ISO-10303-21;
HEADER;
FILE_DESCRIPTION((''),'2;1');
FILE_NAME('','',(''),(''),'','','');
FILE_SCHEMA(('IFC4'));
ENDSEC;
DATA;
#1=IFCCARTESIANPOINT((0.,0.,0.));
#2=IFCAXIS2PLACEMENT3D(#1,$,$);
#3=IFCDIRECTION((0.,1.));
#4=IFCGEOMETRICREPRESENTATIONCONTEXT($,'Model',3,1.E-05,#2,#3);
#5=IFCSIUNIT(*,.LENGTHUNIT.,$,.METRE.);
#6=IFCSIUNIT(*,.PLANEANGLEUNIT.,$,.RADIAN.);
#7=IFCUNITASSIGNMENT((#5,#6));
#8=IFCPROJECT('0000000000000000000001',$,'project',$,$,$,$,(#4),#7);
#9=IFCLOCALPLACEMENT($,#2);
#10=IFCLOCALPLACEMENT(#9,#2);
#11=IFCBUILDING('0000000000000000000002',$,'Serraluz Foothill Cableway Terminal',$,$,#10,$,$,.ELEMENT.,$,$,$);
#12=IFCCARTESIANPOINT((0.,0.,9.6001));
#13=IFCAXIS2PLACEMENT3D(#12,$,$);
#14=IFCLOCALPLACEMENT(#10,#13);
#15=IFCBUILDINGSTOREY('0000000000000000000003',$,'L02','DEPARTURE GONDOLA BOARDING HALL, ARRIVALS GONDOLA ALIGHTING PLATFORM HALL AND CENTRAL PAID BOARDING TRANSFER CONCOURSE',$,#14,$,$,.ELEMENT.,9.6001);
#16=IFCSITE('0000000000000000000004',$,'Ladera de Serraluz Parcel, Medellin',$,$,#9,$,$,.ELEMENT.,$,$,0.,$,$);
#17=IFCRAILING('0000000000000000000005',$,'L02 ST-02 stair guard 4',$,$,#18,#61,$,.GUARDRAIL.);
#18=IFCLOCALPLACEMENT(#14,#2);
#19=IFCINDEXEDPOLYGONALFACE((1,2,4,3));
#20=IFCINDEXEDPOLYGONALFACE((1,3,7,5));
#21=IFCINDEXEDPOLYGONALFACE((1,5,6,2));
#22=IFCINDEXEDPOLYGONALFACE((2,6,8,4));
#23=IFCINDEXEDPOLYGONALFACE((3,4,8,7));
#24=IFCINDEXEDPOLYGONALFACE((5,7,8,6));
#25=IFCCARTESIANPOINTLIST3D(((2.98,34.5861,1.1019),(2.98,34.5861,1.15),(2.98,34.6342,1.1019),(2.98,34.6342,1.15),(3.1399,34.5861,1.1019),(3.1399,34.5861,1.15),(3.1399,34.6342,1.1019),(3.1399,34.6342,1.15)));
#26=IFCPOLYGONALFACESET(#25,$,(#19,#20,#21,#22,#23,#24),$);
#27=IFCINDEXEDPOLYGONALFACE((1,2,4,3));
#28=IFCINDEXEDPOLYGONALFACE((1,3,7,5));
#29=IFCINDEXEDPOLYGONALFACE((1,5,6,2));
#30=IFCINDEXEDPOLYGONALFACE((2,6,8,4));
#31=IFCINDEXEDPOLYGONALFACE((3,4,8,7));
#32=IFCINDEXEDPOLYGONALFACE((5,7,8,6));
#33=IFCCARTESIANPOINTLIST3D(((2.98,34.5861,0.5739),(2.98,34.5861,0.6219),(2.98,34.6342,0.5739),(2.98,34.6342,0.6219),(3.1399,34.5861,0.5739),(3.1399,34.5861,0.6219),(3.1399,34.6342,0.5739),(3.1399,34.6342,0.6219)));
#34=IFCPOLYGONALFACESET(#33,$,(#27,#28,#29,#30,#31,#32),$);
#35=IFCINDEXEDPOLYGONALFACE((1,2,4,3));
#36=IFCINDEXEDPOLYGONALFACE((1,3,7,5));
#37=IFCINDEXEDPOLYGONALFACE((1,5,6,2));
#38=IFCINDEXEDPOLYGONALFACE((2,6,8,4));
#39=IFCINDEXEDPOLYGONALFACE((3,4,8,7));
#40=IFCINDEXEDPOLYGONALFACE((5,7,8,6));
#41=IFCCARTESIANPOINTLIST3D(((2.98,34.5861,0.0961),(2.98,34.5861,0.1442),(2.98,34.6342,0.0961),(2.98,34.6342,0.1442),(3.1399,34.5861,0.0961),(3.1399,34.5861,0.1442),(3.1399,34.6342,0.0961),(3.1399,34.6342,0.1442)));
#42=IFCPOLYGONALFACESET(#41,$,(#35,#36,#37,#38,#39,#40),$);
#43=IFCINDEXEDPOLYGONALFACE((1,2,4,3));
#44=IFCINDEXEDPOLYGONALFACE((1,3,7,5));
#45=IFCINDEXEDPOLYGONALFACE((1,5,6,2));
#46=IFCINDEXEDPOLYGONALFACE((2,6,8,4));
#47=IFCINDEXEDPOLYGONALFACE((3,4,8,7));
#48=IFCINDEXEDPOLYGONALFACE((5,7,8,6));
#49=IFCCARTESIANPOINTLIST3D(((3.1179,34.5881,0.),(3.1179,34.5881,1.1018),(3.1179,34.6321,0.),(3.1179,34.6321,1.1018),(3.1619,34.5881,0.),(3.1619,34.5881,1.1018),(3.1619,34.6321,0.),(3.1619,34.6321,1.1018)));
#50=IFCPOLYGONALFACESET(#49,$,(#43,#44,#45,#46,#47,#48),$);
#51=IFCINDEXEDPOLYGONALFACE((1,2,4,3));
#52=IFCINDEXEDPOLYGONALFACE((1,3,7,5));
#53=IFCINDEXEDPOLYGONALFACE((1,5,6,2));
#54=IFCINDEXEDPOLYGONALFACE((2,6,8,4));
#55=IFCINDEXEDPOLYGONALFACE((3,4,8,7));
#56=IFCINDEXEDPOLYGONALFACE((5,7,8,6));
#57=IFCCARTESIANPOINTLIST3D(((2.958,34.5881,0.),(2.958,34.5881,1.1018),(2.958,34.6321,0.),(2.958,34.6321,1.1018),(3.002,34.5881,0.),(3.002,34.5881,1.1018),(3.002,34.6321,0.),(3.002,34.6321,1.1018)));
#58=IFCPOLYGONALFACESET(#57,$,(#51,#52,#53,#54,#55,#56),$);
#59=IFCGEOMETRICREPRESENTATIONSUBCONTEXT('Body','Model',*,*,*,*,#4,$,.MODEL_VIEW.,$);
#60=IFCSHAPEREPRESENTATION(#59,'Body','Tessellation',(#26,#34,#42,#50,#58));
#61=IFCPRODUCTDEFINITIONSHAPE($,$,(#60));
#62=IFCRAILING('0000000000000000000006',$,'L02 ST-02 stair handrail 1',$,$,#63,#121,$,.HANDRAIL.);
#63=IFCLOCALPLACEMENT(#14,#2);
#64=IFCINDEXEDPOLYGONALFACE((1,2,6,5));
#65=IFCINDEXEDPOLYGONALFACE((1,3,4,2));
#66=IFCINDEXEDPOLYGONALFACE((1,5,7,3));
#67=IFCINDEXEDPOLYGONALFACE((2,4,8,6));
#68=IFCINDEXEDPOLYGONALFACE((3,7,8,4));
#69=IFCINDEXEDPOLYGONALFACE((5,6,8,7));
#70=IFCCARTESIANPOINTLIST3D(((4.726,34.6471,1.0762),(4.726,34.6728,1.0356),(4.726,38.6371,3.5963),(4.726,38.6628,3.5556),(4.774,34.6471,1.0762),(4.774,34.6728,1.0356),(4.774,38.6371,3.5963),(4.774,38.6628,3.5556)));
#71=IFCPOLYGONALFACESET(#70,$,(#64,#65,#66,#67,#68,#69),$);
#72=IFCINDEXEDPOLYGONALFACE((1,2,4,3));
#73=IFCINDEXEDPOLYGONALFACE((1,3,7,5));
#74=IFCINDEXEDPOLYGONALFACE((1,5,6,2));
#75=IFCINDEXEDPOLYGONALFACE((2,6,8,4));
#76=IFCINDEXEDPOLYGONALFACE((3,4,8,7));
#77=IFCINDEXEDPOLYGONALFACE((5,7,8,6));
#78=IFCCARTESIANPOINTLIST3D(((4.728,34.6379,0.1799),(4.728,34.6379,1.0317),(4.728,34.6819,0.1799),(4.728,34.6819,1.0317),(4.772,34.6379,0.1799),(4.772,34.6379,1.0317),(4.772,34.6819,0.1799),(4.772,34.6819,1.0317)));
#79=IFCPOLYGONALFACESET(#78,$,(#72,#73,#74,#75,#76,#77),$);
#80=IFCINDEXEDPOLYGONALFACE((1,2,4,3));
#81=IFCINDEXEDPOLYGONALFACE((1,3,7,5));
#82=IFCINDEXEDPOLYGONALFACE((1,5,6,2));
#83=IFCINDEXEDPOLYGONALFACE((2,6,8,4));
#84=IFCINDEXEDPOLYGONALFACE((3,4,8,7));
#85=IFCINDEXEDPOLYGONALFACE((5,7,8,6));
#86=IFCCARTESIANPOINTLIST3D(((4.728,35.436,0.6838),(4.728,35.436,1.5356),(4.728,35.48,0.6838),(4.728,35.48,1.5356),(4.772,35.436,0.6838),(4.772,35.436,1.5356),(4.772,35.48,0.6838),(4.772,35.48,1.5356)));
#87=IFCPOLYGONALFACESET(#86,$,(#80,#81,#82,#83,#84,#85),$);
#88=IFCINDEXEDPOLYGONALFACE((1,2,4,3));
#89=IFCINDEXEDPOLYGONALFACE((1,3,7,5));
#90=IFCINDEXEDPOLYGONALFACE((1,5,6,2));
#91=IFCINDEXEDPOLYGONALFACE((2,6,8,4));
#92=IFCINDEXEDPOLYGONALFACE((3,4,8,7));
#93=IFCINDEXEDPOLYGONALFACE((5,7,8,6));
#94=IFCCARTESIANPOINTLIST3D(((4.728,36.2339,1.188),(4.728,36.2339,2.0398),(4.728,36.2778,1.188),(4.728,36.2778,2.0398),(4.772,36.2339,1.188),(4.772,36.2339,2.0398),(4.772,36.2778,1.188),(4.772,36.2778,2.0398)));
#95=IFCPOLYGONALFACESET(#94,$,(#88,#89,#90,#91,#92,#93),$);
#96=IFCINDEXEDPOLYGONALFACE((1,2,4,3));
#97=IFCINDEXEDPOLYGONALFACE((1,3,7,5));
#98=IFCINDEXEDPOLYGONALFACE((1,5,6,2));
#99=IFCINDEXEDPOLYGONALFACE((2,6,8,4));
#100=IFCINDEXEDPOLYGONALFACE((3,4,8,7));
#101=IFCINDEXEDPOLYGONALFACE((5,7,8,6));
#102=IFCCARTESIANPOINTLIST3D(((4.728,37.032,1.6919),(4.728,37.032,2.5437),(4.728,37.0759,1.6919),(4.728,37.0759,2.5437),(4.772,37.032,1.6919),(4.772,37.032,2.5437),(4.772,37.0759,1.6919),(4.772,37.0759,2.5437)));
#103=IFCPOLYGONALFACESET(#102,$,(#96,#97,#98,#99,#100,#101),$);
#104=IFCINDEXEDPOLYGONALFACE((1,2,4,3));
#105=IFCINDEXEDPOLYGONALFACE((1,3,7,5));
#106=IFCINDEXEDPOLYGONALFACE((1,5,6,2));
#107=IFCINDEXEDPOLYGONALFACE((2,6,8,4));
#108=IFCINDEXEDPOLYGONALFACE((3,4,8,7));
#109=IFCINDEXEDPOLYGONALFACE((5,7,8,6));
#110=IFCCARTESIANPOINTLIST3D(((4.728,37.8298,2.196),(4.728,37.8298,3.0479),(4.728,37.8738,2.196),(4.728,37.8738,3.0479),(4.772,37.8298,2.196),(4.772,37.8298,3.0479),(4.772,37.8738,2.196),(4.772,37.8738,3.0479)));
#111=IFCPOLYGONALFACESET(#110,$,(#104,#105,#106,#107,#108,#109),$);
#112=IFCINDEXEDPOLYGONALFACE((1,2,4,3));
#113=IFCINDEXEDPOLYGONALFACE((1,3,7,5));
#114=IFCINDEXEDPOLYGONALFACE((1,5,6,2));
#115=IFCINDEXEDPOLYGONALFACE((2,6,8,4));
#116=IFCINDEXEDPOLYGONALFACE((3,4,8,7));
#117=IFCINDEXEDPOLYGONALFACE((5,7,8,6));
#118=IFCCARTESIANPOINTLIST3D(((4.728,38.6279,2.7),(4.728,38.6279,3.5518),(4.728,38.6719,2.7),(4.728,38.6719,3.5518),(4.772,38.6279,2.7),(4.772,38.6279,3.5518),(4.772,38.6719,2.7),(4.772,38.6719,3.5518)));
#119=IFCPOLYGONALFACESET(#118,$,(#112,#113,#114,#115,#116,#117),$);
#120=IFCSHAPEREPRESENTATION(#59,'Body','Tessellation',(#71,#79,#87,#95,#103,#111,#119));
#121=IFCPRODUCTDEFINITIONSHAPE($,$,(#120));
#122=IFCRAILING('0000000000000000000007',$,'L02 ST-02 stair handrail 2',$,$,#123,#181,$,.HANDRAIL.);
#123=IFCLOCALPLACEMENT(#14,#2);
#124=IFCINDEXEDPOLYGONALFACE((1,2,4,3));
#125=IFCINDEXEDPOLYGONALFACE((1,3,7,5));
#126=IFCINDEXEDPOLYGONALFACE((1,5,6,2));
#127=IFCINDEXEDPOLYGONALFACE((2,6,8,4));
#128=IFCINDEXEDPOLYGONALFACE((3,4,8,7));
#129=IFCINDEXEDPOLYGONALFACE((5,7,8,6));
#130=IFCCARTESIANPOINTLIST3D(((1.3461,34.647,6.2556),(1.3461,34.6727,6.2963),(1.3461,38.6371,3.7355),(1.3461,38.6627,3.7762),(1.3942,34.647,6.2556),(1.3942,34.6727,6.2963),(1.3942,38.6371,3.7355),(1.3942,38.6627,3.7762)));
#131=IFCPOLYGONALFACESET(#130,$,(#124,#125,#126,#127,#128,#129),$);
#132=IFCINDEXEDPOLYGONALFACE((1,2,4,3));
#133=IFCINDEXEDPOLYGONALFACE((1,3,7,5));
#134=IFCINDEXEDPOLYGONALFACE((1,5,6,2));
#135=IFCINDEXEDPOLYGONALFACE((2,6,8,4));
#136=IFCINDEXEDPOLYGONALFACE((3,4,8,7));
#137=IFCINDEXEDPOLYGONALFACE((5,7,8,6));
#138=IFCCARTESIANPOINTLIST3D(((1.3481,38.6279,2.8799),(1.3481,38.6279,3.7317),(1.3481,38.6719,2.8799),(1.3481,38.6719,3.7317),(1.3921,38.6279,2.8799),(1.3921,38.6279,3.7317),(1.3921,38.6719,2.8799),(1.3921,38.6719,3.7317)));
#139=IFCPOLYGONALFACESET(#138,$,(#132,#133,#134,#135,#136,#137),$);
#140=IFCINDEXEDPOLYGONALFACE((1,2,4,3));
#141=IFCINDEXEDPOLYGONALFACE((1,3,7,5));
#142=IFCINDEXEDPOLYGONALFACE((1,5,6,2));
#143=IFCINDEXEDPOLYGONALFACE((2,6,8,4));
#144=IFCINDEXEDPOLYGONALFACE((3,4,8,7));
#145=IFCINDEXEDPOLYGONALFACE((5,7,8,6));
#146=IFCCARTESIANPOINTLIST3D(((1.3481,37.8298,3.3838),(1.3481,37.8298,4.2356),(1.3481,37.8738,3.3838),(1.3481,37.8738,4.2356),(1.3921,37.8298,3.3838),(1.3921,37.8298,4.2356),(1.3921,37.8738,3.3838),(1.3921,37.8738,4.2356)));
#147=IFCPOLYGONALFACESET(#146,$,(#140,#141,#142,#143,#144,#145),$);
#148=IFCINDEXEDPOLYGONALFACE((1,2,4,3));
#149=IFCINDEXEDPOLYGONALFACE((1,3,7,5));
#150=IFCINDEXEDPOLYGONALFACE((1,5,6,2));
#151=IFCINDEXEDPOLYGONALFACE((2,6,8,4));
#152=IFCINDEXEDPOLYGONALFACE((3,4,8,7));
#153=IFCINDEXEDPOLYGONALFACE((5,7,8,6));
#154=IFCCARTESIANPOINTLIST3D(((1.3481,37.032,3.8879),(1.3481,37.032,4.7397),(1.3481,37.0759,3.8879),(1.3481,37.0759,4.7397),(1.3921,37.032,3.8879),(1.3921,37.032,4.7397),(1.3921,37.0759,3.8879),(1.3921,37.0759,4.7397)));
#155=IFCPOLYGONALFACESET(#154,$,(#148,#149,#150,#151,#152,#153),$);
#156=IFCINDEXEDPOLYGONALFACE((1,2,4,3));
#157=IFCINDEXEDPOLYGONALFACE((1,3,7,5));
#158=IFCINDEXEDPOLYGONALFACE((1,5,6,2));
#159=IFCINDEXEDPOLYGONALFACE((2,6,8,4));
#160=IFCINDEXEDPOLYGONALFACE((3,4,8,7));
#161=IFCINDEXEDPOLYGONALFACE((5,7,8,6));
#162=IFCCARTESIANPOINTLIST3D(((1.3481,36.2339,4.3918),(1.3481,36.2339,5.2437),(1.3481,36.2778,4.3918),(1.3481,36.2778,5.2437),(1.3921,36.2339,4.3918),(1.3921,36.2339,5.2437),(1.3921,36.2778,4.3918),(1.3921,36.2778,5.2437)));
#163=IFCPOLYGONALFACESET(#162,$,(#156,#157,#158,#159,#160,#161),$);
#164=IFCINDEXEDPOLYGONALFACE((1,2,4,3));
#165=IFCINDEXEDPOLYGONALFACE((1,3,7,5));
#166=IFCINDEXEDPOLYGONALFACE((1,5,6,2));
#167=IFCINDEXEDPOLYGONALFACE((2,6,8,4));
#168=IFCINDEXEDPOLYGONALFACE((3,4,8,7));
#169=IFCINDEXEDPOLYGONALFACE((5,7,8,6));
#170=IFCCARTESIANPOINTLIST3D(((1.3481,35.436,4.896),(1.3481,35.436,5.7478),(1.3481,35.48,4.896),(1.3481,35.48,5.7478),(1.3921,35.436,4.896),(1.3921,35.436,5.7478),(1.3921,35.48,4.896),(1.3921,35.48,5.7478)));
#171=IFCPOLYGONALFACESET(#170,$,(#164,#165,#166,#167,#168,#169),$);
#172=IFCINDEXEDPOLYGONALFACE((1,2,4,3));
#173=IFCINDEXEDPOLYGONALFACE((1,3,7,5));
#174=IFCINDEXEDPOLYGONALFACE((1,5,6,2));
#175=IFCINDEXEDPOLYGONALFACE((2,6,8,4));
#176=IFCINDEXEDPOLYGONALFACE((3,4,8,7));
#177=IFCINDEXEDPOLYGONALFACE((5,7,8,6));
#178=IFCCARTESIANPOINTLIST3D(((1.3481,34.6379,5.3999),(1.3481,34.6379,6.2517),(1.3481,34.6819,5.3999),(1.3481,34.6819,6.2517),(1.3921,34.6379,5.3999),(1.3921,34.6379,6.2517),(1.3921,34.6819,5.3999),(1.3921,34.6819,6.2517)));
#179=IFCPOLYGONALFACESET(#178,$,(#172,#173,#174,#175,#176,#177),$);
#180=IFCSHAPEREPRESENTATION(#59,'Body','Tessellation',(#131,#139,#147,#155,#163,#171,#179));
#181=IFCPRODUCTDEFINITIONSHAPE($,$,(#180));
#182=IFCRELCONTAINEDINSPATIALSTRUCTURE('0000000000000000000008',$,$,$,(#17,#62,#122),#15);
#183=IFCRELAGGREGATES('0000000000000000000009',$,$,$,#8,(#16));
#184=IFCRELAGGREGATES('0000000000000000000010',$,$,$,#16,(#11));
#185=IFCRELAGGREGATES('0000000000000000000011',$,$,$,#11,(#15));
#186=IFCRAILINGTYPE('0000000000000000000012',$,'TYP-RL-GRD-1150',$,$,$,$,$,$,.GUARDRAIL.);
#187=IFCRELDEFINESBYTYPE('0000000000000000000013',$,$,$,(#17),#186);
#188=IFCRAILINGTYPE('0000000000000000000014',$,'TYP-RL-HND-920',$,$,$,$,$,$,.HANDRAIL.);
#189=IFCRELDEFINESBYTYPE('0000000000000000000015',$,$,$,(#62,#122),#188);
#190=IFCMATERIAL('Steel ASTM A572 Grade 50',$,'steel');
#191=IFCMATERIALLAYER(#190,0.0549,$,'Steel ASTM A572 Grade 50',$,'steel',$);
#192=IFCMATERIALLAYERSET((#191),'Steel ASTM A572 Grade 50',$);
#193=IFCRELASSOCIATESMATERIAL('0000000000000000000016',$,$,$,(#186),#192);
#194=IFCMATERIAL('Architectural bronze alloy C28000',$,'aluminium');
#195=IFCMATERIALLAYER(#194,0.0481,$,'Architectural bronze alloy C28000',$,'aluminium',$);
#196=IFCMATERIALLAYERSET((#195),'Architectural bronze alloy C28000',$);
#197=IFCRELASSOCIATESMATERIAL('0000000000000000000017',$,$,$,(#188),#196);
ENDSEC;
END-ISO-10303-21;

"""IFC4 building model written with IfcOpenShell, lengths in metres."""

from ifc_helpers import new_model, si_unit, direction, frame, origin, origin_2d, place, context, subcontext, project, spatial, rectangle, extrude, material, layer, layer_set, type_object, element, save


model = new_model("IFC4")

# Units and contexts
model_context = context("Model", 3, precision=1e-05, world=origin(), true_north=direction((0.0, 1.0)))
body_context = subcontext(model_context, "Body", "Model", "MODEL_VIEW")
ifc_project = project(units=[si_unit("LENGTHUNIT", "METRE"), si_unit("PLANEANGLEUNIT", "RADIAN")], contexts=[model_context])

# Site, building, storey
site_placement = place(None, origin())
site = spatial("IfcSite", under=ifc_project, at=site_placement, Name="Ladera de Serraluz Parcel, Medellin", CompositionType="ELEMENT", RefElevation=0.0)
building_placement = place(site_placement, origin())
building = spatial("IfcBuilding", under=site, at=building_placement, Name="Serraluz Foothill Cableway Terminal", CompositionType="ELEMENT")
storey_placement = place(building_placement, frame((0.0, 0.0, 9.6001)))
storey = spatial("IfcBuildingStorey", under=building, at=storey_placement, Name="L02", Description="DEPARTURE GONDOLA BOARDING HALL, ARRIVALS GONDOLA ALIGHTING PLATFORM HALL AND CENTRAL PAID BOARDING TRANSFER CONCOURSE", CompositionType="ELEMENT", Elevation=9.6001)

# Shared definitions
ifc_material_1 = material(Name="Architectural bronze alloy C28000", Category="aluminium")

# Railings
ifc_material_2 = material(Name="Steel ASTM A572 Grade 50", Category="steel")
ifc_layer_1 = layer(ifc_material_2, 0.0549, Name="Steel ASTM A572 Grade 50", Category="steel")
ifc_layer_set_1 = layer_set([ifc_layer_1], Name="Steel ASTM A572 Grade 50")
railing_type_1 = type_object("IfcRailingType", Name="TYP-RL-GRD-1150", PredefinedType="GUARDRAIL", material=ifc_layer_set_1)
railing_1_placement = place(storey_placement, frame((3.1399, 34.6101, 0.0)))
element("IfcRailing", 1, at=railing_1_placement, inside=storey, type_object=railing_type_1, Name="L02 ST-02 stair guard 4", PredefinedType="GUARDRAIL", context=body_context, shape_type="SweptSolid", body=[
    extrude(rectangle(XDim=0.0481, YDim=0.0481, at=origin_2d()), frame((0.0, 0.0, 1.126), z_axis=(-1.0, 0.0, 0.0), x_axis=(0.0, -1.0, 0.0)), (0.0, 0.0, 1.0), 0.1599),
    extrude(rectangle(XDim=0.0481, YDim=0.0481, at=origin_2d()), frame((0.0, 0.0, 0.5979), z_axis=(-1.0, 0.0, 0.0), x_axis=(0.0, -1.0, 0.0)), (0.0, 0.0, 1.0), 0.1599),
    extrude(rectangle(XDim=0.0481, YDim=0.0481, at=origin_2d()), frame((0.0, 0.0, 0.1201), z_axis=(-1.0, 0.0, 0.0), x_axis=(0.0, -1.0, 0.0)), (0.0, 0.0, 1.0), 0.1599),
    extrude(rectangle(XDim=0.0439, YDim=0.0439, at=origin_2d()), origin(), (0.0, 0.0, 1.0), 1.1018),
    extrude(rectangle(XDim=0.0439, YDim=0.0439, at=origin_2d()), frame((-0.1599, 0.0, 0.0)), (0.0, 0.0, 1.0), 1.1018),
])
ifc_layer_2 = layer(ifc_material_1, 0.0481, Name="Architectural bronze alloy C28000", Category="aluminium")
ifc_layer_set_2 = layer_set([ifc_layer_2], Name="Architectural bronze alloy C28000")
railing_type_2 = type_object("IfcRailingType", Name="TYP-RL-HND-920", PredefinedType="HANDRAIL", material=ifc_layer_set_2)
railing_2_placement = place(storey_placement, frame((4.75, 34.6599, 0.1799)))
element("IfcRailing", 2, at=railing_2_placement, inside=storey, type_object=railing_type_2, Name="L02 ST-02 stair handrail 1", PredefinedType="HANDRAIL", context=body_context, shape_type="SweptSolid", body=[
    extrude(rectangle(XDim=0.0481, YDim=0.0481, at=origin_2d()), frame((0.0, 0.0, 0.876), z_axis=(0.0, 0.845486, 0.533997), x_axis=(-1.0, 0.0, 0.0)), (0.0, 0.0, 1.0), 4.7192),
    extrude(rectangle(XDim=0.0439, YDim=0.0439, at=origin_2d()), origin(), (0.0, 0.0, 1.0), 0.8518),
    extrude(rectangle(XDim=0.0439, YDim=0.0439, at=origin_2d()), frame((0.0, 0.7981, 0.5039)), (0.0, 0.0, 1.0), 0.8518),
    extrude(rectangle(XDim=0.0439, YDim=0.0439, at=origin_2d()), frame((0.0, 1.5959, 1.0081)), (0.0, 0.0, 1.0), 0.8518),
    extrude(rectangle(XDim=0.0439, YDim=0.0439, at=origin_2d()), frame((0.0, 2.394, 1.512)), (0.0, 0.0, 1.0), 0.8518),
    extrude(rectangle(XDim=0.0439, YDim=0.0439, at=origin_2d()), frame((0.0, 3.1919, 2.0161)), (0.0, 0.0, 1.0), 0.8518),
    extrude(rectangle(XDim=0.0439, YDim=0.0439, at=origin_2d()), frame((0.0, 3.99, 2.52)), (0.0, 0.0, 1.0), 0.8518),
])
railing_3_placement = place(storey_placement, frame((1.3701, 38.6499, 2.8799)))
element("IfcRailing", 3, at=railing_3_placement, inside=storey, type_object=railing_type_2, Name="L02 ST-02 stair handrail 2", PredefinedType="HANDRAIL", context=body_context, shape_type="SweptSolid", body=[
    extrude(rectangle(XDim=0.0481, YDim=0.0481, at=origin_2d()), frame((0.0, 0.0, 0.876), z_axis=(0.0, -0.845486, 0.533997), x_axis=(1.0, 0.0, 0.0)), (0.0, 0.0, 1.0), 4.7192),
    extrude(rectangle(XDim=0.0439, YDim=0.0439, at=origin_2d()), origin(), (0.0, 0.0, 1.0), 0.8518),
    extrude(rectangle(XDim=0.0439, YDim=0.0439, at=origin_2d()), frame((0.0, -0.7981, 0.5039)), (0.0, 0.0, 1.0), 0.8518),
    extrude(rectangle(XDim=0.0439, YDim=0.0439, at=origin_2d()), frame((0.0, -1.5959, 1.0081)), (0.0, 0.0, 1.0), 0.8518),
    extrude(rectangle(XDim=0.0439, YDim=0.0439, at=origin_2d()), frame((0.0, -2.394, 1.512)), (0.0, 0.0, 1.0), 0.8518),
    extrude(rectangle(XDim=0.0439, YDim=0.0439, at=origin_2d()), frame((0.0, -3.1919, 2.0161)), (0.0, 0.0, 1.0), 0.8518),
    extrude(rectangle(XDim=0.0439, YDim=0.0439, at=origin_2d()), frame((0.0, -3.99, 2.52)), (0.0, 0.0, 1.0), 0.8518),
])

save(model, "model.ifc")
